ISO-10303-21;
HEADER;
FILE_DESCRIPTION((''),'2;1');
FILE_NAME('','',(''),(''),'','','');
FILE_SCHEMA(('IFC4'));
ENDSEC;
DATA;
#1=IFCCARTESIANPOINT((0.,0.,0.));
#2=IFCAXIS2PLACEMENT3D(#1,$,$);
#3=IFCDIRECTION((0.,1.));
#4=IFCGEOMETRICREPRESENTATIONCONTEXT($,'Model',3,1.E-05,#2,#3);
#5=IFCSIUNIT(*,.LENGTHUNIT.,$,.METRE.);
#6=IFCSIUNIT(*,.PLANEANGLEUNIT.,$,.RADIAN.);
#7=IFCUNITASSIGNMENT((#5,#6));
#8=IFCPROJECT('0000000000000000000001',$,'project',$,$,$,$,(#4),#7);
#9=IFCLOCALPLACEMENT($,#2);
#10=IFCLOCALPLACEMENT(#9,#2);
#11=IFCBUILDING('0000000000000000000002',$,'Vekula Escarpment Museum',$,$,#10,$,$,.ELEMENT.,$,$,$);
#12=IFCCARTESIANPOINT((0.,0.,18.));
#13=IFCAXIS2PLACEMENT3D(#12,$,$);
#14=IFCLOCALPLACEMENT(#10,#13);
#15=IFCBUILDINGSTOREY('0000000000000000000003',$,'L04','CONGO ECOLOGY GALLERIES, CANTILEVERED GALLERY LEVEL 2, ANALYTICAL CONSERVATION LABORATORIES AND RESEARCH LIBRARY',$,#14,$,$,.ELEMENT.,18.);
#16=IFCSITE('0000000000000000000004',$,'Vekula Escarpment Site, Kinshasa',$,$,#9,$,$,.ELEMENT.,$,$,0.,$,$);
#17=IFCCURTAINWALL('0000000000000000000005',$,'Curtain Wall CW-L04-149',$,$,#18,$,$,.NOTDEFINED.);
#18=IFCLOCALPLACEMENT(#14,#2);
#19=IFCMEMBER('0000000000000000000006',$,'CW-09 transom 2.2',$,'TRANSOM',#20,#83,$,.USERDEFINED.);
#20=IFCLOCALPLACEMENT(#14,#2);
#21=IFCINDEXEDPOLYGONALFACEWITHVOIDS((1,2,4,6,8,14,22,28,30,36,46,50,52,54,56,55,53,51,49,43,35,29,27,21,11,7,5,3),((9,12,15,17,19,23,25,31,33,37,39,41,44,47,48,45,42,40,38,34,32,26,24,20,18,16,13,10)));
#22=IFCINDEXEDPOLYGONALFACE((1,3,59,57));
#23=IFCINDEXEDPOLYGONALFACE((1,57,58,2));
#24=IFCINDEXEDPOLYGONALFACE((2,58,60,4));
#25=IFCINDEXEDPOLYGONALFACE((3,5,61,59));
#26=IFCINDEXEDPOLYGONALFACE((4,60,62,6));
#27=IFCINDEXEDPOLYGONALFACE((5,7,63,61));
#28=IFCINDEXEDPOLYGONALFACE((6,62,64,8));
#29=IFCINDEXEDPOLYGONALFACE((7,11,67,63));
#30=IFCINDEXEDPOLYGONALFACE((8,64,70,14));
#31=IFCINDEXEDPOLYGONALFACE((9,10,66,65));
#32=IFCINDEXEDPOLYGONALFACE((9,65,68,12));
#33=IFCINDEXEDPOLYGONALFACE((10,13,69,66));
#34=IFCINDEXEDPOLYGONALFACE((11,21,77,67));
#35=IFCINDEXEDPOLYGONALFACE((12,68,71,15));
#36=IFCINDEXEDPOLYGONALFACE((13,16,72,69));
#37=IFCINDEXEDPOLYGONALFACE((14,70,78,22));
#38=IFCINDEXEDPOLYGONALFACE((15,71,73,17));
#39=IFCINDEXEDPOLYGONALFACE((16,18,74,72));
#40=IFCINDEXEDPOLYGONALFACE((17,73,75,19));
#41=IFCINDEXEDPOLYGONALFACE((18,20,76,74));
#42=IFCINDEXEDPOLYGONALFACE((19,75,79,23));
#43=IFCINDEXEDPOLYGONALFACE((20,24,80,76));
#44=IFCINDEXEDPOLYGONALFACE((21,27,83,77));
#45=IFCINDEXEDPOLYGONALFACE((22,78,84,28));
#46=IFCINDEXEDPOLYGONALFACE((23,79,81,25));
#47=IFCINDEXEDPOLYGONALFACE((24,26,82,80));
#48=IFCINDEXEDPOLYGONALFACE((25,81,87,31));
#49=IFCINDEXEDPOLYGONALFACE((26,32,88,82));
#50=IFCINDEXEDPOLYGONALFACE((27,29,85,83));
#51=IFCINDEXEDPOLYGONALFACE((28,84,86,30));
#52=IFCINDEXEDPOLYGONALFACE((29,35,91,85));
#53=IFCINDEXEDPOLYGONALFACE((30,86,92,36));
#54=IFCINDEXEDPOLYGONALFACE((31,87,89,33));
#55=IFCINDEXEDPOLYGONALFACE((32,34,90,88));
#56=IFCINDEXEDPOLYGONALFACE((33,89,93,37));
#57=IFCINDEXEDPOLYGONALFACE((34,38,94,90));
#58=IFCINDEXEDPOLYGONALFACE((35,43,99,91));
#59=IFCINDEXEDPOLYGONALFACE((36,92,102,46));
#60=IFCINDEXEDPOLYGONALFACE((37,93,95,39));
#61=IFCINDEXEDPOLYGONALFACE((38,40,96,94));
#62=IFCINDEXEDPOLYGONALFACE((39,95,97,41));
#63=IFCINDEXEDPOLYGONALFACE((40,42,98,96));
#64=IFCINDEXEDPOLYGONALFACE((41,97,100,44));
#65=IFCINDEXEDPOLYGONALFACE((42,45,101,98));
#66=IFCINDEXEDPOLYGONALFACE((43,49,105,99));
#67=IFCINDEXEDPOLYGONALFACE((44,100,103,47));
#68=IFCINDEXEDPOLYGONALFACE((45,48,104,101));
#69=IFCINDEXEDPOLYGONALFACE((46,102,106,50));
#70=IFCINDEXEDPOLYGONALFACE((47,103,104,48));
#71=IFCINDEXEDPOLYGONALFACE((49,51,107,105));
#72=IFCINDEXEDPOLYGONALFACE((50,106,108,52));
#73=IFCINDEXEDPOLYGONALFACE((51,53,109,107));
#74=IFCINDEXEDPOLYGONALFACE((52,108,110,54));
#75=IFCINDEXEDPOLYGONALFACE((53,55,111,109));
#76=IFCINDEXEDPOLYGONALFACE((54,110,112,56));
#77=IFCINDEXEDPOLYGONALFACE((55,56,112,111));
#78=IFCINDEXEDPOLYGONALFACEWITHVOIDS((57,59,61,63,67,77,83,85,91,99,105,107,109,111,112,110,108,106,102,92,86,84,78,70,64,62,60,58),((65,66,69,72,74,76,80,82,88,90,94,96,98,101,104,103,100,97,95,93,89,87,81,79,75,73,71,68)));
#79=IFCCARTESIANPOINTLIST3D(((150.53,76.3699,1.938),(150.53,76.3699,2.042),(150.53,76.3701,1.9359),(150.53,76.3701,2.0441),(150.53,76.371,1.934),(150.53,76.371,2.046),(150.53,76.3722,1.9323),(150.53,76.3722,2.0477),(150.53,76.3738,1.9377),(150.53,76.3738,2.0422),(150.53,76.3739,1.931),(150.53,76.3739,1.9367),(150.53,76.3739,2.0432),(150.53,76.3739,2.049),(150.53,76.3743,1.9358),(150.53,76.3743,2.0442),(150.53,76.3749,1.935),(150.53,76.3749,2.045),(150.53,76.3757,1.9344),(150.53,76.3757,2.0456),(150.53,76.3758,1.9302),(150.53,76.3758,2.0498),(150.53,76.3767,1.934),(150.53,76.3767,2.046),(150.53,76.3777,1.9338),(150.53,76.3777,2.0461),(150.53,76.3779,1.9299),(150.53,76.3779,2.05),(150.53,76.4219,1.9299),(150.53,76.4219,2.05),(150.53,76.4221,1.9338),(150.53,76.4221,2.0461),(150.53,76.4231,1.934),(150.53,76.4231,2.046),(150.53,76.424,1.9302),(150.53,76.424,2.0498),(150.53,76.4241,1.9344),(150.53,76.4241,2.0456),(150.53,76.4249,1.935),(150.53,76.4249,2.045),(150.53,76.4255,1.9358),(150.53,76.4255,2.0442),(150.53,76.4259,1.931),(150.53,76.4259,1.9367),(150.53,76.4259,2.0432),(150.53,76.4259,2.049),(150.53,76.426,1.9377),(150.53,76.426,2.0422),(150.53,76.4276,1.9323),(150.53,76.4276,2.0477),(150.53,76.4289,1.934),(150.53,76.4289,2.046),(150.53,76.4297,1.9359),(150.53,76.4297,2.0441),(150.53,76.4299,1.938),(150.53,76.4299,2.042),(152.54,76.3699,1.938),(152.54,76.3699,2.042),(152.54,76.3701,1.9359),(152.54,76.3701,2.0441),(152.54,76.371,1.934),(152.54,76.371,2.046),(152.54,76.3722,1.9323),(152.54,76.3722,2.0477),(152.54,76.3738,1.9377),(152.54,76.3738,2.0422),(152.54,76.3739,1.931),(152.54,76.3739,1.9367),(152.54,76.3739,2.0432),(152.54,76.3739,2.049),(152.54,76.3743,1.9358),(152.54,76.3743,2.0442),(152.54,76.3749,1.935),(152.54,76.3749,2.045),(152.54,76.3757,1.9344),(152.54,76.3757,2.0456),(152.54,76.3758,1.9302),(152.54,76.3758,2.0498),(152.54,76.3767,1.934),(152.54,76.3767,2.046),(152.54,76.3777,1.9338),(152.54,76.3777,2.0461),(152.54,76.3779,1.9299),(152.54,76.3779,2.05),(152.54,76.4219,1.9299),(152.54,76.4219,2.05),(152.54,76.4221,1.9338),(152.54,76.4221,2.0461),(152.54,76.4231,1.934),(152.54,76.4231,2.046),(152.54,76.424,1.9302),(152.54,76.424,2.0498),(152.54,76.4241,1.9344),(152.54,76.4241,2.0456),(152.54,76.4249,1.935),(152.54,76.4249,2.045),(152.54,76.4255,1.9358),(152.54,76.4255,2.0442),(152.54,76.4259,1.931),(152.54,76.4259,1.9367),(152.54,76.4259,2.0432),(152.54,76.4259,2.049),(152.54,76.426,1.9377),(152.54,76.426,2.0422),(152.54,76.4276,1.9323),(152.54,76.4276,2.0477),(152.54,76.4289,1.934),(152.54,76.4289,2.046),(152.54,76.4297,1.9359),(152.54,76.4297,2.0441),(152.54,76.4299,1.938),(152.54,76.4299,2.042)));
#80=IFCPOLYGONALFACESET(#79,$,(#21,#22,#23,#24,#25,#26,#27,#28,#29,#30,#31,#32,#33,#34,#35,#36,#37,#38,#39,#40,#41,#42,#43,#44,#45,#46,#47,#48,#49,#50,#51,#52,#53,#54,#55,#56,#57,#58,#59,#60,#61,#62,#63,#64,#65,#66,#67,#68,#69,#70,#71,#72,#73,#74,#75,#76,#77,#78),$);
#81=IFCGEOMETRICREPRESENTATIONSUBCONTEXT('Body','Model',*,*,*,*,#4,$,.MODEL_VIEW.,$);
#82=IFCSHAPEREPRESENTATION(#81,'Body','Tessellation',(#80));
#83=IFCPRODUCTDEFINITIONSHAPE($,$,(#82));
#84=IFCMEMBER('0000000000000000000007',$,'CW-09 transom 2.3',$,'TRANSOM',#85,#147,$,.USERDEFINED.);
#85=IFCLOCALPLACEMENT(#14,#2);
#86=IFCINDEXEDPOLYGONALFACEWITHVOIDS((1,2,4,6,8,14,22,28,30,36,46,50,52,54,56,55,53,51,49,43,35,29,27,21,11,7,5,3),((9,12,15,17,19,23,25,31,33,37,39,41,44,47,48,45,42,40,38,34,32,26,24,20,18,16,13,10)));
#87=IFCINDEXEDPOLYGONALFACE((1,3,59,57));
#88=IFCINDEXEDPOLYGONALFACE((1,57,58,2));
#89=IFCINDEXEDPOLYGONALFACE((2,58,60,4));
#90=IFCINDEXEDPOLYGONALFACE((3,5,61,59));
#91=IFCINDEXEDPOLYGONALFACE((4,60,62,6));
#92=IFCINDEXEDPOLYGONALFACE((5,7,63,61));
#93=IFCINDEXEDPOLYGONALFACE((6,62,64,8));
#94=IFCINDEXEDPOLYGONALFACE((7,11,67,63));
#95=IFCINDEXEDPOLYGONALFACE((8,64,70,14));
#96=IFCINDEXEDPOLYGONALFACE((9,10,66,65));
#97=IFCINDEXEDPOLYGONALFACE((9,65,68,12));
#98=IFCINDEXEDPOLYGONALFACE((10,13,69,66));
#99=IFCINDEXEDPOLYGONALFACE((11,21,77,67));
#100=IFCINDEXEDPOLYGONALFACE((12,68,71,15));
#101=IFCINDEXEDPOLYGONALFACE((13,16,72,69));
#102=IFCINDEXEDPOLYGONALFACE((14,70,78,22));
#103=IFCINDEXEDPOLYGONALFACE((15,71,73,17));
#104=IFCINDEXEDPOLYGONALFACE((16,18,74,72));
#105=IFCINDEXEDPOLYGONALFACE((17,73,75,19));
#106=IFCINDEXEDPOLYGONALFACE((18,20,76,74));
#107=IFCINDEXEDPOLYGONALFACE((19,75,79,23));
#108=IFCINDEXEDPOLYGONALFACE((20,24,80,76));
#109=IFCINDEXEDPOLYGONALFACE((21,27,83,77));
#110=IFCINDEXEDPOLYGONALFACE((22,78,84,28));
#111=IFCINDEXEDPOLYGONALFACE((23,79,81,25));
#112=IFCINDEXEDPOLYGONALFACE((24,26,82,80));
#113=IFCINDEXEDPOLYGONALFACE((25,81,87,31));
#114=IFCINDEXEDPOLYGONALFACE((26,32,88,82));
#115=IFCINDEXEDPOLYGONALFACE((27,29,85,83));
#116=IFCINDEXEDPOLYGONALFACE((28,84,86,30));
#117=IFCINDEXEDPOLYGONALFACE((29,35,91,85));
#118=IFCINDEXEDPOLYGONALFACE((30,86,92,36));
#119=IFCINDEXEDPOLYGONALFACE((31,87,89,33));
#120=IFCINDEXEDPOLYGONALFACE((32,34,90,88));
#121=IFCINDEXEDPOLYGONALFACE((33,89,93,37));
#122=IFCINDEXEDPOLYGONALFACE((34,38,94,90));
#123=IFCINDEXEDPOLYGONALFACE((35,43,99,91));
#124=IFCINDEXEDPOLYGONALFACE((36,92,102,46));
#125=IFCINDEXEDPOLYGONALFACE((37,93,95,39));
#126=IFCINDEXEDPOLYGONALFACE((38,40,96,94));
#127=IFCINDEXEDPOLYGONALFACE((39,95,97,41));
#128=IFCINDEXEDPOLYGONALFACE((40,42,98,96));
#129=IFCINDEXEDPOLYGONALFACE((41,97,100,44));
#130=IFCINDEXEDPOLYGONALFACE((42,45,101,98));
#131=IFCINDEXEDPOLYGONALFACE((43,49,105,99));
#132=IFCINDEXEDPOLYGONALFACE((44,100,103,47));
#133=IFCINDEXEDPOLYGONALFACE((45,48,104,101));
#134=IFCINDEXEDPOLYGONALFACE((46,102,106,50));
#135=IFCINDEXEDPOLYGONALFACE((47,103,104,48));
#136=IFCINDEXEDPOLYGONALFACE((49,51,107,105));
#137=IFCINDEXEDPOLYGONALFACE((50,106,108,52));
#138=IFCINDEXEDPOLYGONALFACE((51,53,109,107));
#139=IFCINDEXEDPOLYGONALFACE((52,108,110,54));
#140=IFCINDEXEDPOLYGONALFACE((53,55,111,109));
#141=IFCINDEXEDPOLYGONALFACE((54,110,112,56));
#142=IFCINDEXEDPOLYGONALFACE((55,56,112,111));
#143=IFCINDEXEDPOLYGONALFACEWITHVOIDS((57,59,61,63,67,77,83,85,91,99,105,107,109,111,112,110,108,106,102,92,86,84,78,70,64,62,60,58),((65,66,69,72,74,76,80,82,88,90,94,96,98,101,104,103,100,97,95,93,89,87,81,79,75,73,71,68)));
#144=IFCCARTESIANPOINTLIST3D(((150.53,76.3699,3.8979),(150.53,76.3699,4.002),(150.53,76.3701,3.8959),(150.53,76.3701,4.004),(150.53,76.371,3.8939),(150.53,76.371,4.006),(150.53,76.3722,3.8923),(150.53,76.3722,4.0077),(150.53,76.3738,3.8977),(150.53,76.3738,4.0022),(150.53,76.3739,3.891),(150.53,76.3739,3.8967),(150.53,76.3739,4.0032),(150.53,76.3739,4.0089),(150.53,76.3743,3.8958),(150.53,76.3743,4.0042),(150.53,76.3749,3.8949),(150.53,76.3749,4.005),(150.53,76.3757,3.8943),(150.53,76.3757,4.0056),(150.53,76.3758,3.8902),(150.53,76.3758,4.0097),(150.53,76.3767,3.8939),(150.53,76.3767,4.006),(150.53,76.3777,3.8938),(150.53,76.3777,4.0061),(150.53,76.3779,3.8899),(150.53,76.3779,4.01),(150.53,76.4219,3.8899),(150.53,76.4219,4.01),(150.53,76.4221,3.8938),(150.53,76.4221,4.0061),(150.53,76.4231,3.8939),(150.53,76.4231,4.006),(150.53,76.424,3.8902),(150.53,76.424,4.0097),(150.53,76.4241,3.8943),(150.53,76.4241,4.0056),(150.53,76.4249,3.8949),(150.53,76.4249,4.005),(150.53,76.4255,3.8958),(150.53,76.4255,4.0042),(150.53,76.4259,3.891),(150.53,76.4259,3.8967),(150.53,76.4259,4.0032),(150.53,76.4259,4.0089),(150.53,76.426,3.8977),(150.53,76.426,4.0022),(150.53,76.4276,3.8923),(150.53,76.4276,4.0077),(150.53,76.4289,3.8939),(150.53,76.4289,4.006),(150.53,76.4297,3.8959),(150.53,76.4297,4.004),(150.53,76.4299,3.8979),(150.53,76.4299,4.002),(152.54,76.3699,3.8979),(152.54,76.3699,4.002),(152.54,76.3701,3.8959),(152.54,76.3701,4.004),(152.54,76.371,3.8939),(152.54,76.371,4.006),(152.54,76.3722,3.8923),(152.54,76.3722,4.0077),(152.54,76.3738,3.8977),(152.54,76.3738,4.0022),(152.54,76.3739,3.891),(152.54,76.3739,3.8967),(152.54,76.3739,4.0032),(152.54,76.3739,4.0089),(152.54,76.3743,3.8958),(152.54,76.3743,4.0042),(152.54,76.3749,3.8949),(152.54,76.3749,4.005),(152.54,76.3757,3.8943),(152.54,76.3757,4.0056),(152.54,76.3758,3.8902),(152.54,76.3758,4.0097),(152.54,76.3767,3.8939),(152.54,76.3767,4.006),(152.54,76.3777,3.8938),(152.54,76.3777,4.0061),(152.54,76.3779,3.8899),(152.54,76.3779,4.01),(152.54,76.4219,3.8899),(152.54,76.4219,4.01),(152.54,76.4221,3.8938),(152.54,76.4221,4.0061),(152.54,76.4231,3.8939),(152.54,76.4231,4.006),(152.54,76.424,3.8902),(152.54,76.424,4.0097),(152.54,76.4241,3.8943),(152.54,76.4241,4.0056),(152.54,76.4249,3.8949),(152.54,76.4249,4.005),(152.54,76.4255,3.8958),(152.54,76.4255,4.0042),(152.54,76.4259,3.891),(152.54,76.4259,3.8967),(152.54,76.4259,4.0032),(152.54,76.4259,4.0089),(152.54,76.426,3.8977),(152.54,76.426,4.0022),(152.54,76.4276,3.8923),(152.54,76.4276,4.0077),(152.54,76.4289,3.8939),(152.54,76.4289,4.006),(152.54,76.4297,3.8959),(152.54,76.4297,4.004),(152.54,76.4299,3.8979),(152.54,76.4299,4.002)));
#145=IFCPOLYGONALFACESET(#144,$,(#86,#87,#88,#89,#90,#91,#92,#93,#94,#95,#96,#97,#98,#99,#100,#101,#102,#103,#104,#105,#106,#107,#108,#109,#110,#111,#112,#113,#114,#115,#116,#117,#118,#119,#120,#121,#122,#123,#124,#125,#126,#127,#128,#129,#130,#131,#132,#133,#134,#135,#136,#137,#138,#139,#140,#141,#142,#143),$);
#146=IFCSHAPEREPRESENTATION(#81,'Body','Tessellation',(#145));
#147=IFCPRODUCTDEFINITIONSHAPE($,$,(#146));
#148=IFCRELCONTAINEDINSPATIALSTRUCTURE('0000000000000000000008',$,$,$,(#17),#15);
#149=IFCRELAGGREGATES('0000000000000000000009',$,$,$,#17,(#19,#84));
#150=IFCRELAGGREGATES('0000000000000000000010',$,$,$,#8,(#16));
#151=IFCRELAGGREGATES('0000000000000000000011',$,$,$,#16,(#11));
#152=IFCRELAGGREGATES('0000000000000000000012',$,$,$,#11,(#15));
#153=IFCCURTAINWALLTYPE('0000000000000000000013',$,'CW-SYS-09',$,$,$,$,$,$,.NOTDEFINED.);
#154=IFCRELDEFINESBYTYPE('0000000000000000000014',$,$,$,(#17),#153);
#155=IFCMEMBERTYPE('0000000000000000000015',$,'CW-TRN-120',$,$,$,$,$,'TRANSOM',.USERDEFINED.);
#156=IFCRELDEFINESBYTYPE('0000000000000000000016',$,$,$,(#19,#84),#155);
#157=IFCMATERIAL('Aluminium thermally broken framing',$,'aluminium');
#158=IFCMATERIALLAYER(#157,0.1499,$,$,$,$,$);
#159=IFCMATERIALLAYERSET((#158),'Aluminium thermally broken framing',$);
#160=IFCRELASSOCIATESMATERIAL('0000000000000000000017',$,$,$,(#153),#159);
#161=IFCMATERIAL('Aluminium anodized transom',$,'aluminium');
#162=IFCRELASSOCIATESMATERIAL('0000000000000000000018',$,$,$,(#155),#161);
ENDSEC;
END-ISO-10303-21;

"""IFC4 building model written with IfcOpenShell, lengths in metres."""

from ifc_helpers import new_model, si_unit, direction, frame, origin, origin_2d, place, context, subcontext, project, spatial, hollow_rectangle, extrude, material, layer, layer_set, material_profile, profile_set, type_object, element, aggregate, save


model = new_model("IFC4")

# Units and contexts
model_context = context("Model", 3, precision=1e-05, world=origin(), true_north=direction((0.0, 1.0)))
body_context = subcontext(model_context, "Body", "Model", "MODEL_VIEW")
ifc_project = project(units=[si_unit("LENGTHUNIT", "METRE"), si_unit("PLANEANGLEUNIT", "RADIAN")], contexts=[model_context])

# Site, building, storey
site_placement = place(None, origin())
site = spatial("IfcSite", under=ifc_project, at=site_placement, Name="Vekula Escarpment Site, Kinshasa", CompositionType="ELEMENT", RefElevation=0.0)
building_placement = place(site_placement, origin())
building = spatial("IfcBuilding", under=site, at=building_placement, Name="Vekula Escarpment Museum", CompositionType="ELEMENT")
storey_placement = place(building_placement, frame((0.0, 0.0, 18.0)))
storey = spatial("IfcBuildingStorey", under=building, at=storey_placement, Name="L04", Description="CONGO ECOLOGY GALLERIES, CANTILEVERED GALLERY LEVEL 2, ANALYTICAL CONSERVATION LABORATORIES AND RESEARCH LIBRARY", CompositionType="ELEMENT", Elevation=18.0)

# Curtain wall
ifc_material_1 = material(Name="Aluminium thermally broken framing", Category="aluminium")
ifc_layer_1 = layer(ifc_material_1, 0.1499)
ifc_layer_set_1 = layer_set([ifc_layer_1], Name="Aluminium thermally broken framing")
curtain_wall_type_1 = type_object("IfcCurtainWallType", Name="CW-SYS-09", PredefinedType="NOTDEFINED", material=ifc_layer_set_1)
curtain_wall_1_placement = place(storey_placement, origin())
curtain_wall_1 = element("IfcCurtainWall", 1, at=curtain_wall_1_placement, inside=storey, type_object=curtain_wall_type_1, Name="Curtain Wall CW-L04-149", PredefinedType="NOTDEFINED")

# Members
ifc_material_2 = material(Name="Aluminium anodized transom", Category="aluminium")
ifc_material_profile_1 = material_profile(ifc_material_2, hollow_rectangle(XDim=0.0601, YDim=0.1201, WallThickness=0.0039, InnerFilletRadius=0.0039, OuterFilletRadius=0.0081, at=origin_2d()), Name="ALU 120x60x4")
ifc_profile_set_1 = profile_set([ifc_material_profile_1], Name="Aluminium anodized transom")
member_type_1 = type_object("IfcMemberType", Name="CW-TRN-120", ElementType="TRANSOM", PredefinedType="USERDEFINED", material=ifc_profile_set_1)
member_1_placement = place(storey_placement, frame((152.54, 76.3999, 1.99), z_axis=(-1.0, 0.0, 0.0), x_axis=(0.0, -1.0, 0.0)))
member_1 = element("IfcMember", 2, at=member_1_placement, type_object=member_type_1, Name="CW-09 transom 2.2", ObjectType="TRANSOM", PredefinedType="USERDEFINED", context=body_context, shape_type="SweptSolid", body=[
    extrude(hollow_rectangle(XDim=0.0601, YDim=0.1201, WallThickness=0.0039, InnerFilletRadius=0.0039, OuterFilletRadius=0.0081, at=origin_2d()), origin(), (0.0, 0.0, 1.0), 2.01),
])
member_2_placement = place(storey_placement, frame((152.54, 76.3999, 3.95), z_axis=(-1.0, 0.0, 0.0), x_axis=(0.0, -1.0, 0.0)))
member_2 = element("IfcMember", 3, at=member_2_placement, type_object=member_type_1, Name="CW-09 transom 2.3", ObjectType="TRANSOM", PredefinedType="USERDEFINED", context=body_context, shape_type="SweptSolid", body=[
    extrude(hollow_rectangle(XDim=0.0601, YDim=0.1201, WallThickness=0.0039, InnerFilletRadius=0.0039, OuterFilletRadius=0.0081, at=origin_2d()), origin(), (0.0, 0.0, 1.0), 2.01),
])

aggregate(curtain_wall_1, [member_1, member_2])

save(model, "model.ifc")
